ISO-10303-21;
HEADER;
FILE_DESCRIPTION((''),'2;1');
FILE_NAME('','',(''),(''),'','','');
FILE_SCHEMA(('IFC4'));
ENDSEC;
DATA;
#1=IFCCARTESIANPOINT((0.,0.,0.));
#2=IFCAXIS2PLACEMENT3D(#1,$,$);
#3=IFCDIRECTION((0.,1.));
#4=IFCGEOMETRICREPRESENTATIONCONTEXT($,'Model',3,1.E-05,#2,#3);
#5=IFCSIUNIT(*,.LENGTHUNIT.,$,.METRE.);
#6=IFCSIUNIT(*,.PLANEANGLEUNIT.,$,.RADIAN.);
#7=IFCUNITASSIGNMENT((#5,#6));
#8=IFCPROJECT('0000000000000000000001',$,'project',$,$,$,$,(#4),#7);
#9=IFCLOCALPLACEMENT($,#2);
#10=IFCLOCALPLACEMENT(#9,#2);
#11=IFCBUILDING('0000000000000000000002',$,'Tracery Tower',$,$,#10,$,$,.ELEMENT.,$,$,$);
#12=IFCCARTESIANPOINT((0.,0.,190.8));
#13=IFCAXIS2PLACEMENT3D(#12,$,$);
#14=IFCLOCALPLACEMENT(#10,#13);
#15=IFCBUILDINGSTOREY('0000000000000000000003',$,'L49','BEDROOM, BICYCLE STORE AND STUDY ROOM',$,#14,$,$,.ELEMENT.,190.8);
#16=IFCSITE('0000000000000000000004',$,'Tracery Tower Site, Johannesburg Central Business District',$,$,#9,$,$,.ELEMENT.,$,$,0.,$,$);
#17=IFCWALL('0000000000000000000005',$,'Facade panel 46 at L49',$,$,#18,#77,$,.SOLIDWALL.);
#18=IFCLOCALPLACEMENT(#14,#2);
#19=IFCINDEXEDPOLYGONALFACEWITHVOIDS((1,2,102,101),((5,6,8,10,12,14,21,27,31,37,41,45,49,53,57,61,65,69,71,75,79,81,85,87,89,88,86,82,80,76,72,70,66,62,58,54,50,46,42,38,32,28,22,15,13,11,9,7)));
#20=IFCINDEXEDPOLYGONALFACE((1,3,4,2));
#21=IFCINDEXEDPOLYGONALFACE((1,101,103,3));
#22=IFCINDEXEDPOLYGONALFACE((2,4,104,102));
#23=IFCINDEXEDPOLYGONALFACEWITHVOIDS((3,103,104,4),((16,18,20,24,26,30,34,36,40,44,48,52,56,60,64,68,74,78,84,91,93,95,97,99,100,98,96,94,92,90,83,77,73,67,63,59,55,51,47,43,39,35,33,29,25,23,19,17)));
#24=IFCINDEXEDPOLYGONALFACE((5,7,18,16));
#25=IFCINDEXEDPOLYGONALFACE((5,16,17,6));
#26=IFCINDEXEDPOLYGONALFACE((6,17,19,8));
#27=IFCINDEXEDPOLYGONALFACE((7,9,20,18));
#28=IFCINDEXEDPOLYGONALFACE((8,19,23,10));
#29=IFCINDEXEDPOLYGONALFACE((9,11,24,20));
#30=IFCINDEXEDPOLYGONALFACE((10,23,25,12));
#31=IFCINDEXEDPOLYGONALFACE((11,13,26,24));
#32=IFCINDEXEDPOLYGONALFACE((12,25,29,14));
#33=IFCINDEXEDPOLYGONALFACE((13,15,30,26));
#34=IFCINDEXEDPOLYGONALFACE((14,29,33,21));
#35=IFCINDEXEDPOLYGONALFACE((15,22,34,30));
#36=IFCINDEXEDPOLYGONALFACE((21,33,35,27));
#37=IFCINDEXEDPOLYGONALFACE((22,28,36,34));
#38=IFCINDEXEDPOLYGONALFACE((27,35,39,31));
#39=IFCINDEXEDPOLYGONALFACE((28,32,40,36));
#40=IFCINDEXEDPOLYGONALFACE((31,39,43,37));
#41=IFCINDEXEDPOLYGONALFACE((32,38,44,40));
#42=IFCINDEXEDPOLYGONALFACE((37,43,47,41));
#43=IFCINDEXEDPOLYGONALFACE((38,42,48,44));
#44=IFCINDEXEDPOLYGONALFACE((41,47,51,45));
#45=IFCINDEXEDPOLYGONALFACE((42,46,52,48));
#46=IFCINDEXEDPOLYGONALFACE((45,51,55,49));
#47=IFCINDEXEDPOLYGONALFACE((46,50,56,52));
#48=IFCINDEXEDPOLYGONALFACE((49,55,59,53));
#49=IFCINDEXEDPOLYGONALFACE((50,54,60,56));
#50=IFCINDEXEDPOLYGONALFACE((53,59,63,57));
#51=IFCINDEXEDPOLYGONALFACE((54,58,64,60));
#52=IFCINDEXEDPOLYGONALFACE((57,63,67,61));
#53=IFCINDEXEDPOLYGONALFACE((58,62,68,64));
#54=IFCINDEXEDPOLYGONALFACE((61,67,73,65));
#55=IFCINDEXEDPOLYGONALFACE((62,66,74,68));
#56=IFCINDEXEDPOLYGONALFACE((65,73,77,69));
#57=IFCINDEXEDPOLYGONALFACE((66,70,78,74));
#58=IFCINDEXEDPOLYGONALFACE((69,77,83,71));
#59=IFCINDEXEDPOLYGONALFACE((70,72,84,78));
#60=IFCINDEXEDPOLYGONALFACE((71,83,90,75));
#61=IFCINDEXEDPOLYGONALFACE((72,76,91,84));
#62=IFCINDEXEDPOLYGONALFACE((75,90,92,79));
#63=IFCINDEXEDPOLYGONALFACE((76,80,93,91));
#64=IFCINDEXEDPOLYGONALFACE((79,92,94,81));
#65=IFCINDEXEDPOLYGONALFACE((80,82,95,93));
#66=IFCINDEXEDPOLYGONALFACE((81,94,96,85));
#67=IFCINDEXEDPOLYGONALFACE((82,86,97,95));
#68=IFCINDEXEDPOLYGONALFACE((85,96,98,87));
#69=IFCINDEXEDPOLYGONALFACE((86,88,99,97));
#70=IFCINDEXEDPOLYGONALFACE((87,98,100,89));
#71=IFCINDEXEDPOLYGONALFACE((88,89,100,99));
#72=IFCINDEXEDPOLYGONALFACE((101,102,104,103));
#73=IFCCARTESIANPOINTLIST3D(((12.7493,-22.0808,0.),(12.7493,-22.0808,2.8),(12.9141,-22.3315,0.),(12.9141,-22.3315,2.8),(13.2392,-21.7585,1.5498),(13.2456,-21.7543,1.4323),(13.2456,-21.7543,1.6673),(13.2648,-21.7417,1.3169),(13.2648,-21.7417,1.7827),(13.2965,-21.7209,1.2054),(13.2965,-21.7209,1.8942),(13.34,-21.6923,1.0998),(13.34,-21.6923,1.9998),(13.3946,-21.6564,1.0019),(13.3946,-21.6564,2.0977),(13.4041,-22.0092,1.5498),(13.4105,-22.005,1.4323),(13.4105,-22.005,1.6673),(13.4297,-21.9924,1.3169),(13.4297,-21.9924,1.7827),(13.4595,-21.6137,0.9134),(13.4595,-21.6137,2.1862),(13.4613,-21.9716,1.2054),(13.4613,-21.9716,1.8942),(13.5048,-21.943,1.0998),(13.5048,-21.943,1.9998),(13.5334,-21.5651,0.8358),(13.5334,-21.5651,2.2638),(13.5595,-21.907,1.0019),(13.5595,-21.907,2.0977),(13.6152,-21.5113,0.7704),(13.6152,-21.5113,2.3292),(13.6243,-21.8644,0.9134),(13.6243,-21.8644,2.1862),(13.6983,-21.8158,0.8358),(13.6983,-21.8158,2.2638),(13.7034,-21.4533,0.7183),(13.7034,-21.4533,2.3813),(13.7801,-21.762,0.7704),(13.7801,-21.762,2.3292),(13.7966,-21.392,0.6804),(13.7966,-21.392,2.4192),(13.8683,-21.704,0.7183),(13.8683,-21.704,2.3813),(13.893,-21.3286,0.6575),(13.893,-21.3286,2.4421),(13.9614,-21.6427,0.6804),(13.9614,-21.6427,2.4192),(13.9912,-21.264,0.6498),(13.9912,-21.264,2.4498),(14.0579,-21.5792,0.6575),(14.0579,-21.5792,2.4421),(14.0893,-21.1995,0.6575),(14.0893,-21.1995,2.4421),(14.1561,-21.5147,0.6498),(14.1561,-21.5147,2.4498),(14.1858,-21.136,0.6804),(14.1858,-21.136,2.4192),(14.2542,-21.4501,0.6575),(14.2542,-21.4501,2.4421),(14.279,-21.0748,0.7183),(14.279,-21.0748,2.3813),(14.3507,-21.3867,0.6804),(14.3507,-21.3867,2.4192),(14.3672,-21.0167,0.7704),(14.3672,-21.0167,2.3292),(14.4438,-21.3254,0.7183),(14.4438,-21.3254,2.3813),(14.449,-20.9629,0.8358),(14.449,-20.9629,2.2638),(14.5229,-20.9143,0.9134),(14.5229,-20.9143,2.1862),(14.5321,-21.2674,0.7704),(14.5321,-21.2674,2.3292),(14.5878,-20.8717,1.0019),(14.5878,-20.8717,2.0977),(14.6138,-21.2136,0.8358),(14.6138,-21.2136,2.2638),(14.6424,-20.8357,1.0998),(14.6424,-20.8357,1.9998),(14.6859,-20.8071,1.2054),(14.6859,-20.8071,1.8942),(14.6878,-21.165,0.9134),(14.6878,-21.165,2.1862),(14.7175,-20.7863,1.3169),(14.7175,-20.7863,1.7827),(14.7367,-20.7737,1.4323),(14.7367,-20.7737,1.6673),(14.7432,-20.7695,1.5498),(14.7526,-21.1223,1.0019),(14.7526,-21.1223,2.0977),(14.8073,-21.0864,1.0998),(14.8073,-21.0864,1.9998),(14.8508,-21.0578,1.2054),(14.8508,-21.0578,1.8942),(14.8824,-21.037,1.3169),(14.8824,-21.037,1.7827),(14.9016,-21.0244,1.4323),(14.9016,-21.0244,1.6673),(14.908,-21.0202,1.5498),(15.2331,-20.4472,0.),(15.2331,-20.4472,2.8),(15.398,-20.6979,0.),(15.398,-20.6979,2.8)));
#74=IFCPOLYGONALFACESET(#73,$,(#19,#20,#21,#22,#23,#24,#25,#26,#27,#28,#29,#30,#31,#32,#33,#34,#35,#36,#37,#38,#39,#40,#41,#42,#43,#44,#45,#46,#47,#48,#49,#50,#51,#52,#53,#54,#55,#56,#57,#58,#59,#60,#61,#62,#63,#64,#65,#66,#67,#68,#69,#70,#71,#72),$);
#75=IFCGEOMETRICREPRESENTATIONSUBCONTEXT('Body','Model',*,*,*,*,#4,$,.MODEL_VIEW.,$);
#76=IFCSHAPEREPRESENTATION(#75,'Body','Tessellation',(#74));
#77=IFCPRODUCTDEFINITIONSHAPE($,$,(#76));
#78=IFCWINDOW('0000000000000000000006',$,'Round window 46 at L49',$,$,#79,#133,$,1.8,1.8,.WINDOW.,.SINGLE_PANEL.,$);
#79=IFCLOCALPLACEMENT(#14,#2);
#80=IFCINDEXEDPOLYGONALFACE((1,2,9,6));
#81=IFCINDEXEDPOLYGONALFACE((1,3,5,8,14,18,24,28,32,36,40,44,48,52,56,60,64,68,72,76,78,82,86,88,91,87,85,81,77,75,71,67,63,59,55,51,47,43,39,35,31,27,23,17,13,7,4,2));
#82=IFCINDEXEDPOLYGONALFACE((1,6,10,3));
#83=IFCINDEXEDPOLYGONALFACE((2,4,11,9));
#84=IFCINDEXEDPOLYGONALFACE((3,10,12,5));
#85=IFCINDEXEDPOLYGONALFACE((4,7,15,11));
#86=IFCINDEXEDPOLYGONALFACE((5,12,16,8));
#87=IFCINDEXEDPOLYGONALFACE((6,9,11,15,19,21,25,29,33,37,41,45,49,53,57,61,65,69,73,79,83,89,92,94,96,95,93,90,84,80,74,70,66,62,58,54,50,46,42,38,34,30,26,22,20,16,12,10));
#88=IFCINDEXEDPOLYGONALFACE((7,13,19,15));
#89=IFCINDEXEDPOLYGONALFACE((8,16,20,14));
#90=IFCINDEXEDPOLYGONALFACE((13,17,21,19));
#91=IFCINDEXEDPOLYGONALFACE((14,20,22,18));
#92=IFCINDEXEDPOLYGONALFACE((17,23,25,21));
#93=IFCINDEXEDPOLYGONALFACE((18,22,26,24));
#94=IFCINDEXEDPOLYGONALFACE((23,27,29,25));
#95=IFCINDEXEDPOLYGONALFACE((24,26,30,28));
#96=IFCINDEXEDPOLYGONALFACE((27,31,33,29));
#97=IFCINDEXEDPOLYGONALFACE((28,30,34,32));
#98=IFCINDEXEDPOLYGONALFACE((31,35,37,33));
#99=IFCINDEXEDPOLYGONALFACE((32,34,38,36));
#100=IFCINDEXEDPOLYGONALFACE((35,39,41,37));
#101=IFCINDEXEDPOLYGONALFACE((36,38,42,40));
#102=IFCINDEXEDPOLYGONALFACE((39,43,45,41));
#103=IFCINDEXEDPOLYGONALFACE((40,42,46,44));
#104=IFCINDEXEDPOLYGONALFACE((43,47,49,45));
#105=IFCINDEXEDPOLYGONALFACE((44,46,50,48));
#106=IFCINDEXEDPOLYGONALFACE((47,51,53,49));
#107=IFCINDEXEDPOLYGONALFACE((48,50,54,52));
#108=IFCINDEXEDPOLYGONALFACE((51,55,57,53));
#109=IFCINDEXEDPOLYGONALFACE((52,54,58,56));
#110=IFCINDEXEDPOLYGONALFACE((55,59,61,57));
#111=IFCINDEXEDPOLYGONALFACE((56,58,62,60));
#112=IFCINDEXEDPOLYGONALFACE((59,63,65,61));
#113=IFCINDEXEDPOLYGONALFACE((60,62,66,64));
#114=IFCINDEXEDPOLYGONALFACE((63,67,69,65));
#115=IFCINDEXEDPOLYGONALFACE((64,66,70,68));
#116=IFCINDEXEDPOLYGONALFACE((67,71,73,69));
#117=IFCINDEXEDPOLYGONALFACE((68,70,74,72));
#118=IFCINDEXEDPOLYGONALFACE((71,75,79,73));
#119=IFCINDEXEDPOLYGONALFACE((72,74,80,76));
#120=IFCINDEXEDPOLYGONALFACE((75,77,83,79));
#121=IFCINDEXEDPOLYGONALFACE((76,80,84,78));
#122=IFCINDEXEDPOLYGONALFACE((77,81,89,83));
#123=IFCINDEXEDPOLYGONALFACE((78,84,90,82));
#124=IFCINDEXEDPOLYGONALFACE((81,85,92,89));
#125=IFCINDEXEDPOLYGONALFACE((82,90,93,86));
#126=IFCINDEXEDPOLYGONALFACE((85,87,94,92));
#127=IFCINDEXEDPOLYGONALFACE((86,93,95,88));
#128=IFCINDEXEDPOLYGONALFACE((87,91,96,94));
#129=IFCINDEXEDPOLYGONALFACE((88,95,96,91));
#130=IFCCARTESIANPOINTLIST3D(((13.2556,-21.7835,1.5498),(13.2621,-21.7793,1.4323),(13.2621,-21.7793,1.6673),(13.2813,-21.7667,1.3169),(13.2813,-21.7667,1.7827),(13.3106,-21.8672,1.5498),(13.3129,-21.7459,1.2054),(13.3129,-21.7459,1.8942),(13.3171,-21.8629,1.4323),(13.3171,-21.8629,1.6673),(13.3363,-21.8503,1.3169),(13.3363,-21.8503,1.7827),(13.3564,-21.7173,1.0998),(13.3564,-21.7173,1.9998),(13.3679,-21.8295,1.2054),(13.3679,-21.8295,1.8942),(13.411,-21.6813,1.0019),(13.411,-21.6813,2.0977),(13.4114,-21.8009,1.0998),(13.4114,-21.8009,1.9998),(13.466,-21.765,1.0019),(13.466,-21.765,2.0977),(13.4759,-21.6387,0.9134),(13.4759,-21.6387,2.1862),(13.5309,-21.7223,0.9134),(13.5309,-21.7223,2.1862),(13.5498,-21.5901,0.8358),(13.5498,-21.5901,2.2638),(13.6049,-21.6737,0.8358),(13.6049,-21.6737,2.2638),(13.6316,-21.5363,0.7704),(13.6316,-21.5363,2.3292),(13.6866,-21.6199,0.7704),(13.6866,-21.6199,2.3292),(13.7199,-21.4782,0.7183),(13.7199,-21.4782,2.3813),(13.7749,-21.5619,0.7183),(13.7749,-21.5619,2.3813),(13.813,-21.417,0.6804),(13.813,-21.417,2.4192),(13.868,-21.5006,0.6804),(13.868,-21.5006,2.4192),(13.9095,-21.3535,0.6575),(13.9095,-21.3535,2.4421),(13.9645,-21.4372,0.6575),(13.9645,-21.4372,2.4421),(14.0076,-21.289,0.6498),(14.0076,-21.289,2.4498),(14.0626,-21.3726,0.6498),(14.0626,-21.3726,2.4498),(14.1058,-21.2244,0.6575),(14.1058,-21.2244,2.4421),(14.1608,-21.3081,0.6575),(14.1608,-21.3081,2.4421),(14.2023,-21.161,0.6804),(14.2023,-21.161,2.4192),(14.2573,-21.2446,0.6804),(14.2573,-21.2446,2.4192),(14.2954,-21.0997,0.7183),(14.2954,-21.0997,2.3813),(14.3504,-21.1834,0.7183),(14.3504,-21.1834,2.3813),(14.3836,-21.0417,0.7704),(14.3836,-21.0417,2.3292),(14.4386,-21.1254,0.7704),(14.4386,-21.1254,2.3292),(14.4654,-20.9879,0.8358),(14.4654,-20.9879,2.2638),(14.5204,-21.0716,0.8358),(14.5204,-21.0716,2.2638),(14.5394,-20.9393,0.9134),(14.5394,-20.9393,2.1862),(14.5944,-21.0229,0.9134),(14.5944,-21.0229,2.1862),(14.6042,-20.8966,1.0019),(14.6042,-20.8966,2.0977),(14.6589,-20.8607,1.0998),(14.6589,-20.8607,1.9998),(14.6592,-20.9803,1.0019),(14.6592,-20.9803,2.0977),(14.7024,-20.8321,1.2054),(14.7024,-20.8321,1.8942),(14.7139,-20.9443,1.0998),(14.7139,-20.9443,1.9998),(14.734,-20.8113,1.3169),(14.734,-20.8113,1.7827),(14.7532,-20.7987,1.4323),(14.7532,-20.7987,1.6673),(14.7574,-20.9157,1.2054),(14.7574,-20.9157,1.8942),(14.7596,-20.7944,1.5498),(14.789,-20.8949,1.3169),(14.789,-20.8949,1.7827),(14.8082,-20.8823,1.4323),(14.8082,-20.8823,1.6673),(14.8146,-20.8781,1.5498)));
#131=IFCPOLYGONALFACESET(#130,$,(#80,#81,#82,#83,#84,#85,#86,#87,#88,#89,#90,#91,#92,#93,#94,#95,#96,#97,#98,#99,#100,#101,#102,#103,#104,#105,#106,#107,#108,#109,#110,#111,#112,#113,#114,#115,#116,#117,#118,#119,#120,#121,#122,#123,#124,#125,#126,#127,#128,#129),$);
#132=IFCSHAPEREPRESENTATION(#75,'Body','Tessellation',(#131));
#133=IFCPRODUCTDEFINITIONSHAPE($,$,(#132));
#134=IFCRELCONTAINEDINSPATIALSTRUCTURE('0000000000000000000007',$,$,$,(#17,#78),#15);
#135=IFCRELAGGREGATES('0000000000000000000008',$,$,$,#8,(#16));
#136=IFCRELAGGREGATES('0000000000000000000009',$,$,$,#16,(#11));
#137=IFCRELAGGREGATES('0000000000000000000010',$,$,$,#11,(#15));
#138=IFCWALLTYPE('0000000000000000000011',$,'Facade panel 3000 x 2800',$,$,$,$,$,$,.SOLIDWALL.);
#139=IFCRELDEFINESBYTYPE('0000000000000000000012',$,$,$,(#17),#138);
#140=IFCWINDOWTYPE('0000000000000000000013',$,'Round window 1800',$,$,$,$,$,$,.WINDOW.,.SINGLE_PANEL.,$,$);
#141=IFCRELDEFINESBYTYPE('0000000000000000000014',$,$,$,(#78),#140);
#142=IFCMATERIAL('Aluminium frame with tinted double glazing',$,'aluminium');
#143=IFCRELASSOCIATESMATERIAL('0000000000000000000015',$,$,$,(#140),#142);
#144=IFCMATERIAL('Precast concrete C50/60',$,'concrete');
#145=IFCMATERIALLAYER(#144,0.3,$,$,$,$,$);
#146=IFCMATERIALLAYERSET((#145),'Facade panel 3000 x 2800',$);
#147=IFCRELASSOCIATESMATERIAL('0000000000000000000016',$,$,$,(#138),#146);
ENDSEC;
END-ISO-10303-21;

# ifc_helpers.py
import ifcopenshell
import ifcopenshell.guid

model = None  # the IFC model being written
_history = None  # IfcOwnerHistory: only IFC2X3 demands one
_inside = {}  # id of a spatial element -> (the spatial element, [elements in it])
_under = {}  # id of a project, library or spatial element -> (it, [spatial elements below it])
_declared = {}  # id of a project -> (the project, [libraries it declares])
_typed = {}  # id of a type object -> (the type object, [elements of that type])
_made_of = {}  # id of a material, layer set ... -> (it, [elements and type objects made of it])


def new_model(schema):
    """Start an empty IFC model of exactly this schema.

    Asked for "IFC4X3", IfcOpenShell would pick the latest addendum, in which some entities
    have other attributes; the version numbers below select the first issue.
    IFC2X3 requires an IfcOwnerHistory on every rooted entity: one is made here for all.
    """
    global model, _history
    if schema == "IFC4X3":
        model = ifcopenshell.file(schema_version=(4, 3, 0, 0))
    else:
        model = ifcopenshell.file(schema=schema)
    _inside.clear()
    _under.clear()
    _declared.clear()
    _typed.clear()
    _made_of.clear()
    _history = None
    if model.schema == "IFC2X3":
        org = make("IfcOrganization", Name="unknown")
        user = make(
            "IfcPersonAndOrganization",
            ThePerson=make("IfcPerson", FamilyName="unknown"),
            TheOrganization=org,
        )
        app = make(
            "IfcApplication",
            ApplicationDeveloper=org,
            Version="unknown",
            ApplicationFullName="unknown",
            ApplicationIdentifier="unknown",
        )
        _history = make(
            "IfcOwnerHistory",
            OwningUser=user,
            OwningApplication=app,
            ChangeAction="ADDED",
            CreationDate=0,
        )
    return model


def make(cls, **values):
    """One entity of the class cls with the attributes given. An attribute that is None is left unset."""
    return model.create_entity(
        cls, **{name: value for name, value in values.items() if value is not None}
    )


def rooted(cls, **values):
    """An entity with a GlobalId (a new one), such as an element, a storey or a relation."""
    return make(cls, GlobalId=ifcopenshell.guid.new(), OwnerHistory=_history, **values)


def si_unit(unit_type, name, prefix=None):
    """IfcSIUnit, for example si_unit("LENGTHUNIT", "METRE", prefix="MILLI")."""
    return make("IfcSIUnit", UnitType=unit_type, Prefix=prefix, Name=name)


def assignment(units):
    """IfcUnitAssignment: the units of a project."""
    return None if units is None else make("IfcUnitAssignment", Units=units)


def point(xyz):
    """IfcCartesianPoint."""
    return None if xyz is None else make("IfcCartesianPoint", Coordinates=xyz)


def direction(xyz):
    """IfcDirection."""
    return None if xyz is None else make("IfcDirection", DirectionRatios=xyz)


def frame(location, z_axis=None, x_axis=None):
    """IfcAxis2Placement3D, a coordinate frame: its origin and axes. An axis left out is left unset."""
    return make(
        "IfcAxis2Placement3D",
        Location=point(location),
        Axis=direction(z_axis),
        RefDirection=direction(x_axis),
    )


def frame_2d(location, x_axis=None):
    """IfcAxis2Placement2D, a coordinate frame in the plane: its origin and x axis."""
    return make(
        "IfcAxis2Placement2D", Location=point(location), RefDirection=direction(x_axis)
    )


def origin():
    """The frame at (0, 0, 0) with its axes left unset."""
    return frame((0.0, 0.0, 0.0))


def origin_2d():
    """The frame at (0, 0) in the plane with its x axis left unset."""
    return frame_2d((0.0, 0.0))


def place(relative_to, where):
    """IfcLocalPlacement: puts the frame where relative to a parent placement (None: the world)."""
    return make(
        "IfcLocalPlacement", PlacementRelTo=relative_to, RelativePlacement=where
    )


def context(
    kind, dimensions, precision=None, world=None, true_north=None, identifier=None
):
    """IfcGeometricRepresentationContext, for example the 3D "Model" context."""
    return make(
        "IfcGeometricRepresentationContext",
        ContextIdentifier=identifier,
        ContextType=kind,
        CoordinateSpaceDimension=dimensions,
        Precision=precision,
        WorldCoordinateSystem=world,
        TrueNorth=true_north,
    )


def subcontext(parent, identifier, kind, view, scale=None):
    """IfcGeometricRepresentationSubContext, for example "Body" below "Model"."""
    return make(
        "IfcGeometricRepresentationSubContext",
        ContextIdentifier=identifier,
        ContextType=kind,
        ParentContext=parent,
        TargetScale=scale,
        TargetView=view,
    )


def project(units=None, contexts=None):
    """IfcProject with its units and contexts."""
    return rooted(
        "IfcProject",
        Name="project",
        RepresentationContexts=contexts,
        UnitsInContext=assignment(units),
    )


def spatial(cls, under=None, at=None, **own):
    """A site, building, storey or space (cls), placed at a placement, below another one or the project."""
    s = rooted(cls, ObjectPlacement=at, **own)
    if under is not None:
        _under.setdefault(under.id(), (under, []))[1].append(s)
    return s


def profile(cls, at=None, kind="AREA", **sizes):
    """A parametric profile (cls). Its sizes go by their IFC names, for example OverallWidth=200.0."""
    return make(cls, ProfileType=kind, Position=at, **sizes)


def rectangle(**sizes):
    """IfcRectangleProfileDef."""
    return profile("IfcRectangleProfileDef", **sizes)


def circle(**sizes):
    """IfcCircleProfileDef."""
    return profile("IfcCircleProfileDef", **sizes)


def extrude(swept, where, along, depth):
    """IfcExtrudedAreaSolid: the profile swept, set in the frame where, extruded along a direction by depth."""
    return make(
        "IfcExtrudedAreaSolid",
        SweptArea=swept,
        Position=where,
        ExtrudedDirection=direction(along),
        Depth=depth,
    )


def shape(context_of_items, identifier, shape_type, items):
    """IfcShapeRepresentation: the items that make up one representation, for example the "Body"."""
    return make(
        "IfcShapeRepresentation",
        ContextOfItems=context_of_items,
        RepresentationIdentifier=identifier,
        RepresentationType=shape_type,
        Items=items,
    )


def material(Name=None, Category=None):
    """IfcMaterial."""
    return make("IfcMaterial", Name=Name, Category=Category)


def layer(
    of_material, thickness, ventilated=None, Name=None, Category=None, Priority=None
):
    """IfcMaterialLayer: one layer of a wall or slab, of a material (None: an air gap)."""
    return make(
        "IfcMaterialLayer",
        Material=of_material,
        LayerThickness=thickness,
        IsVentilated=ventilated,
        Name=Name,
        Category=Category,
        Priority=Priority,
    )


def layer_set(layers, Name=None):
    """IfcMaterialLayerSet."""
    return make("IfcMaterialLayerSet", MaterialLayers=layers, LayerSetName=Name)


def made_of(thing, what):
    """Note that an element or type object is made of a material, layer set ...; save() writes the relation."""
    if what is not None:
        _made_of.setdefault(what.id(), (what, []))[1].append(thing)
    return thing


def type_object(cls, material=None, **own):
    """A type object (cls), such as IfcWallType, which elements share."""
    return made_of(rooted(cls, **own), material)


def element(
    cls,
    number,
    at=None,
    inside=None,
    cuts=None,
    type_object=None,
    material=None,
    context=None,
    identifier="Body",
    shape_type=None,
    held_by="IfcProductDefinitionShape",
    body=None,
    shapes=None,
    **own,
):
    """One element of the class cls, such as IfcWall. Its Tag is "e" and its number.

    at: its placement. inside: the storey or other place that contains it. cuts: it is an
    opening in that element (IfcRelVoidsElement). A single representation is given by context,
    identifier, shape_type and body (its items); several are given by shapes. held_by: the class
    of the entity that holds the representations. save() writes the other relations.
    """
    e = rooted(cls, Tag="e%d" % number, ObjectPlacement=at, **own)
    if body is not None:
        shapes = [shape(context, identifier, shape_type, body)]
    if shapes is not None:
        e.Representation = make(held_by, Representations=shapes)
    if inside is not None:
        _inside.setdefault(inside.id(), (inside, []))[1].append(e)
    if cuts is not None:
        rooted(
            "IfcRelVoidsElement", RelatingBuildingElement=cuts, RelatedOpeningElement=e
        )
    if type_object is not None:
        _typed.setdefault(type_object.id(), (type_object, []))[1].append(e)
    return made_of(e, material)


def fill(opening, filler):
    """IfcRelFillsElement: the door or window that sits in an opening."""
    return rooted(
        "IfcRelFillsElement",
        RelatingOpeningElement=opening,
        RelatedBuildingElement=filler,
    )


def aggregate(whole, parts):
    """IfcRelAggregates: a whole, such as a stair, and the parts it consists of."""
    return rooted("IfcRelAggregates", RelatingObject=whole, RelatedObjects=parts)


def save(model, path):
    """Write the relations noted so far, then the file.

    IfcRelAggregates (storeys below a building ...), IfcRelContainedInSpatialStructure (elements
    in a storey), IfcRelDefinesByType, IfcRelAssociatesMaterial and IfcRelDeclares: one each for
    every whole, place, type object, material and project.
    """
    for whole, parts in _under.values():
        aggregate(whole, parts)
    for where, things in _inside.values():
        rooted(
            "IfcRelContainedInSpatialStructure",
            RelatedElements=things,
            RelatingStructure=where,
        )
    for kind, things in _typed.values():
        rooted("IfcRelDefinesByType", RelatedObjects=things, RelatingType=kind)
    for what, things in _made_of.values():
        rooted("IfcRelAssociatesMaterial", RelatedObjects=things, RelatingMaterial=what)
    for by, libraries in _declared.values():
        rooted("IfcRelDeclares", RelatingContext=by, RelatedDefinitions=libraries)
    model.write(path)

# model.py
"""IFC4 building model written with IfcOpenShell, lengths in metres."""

from ifc_helpers import new_model, si_unit, direction, frame, frame_2d, origin, origin_2d, place, context, subcontext, project, spatial, rectangle, circle, extrude, material, layer, layer_set, type_object, element, fill, save


model = new_model("IFC4")

# Units and contexts
model_context = context("Model", 3, precision=1e-05, world=origin(), true_north=direction((0.0, 1.0)))
body_context = subcontext(model_context, "Body", "Model", "MODEL_VIEW")
ifc_project = project(units=[si_unit("LENGTHUNIT", "METRE"), si_unit("PLANEANGLEUNIT", "RADIAN")], contexts=[model_context])

# Site, building, storey
site_placement = place(None, origin())
site = spatial("IfcSite", under=ifc_project, at=site_placement, Name="Tracery Tower Site, Johannesburg Central Business District", CompositionType="ELEMENT", RefElevation=0.0)
building_placement = place(site_placement, origin())
building = spatial("IfcBuilding", under=site, at=building_placement, Name="Tracery Tower", CompositionType="ELEMENT")
storey_placement = place(building_placement, frame((0.0, 0.0, 190.8)))
storey = spatial("IfcBuildingStorey", under=building, at=storey_placement, Name="L49", Description="BEDROOM, BICYCLE STORE AND STUDY ROOM", CompositionType="ELEMENT", Elevation=190.8)

# Wall, opening, window
ifc_material_1 = material(Name="Aluminium frame with tinted double glazing", Category="aluminium")
window_type = type_object("IfcWindowType", Name="Round window 1800", PartitioningType="SINGLE_PANEL", PredefinedType="WINDOW", material=ifc_material_1)
ifc_material_2 = material(Name="Precast concrete C50/60", Category="concrete")
ifc_layer_1 = layer(ifc_material_2, 0.3)
ifc_layer_set_1 = layer_set([ifc_layer_1], Name="Facade panel 3000 x 2800")
wall_type_1 = type_object("IfcWallType", Name="Facade panel 3000 x 2800", PredefinedType="SOLIDWALL", material=ifc_layer_set_1)
wall_1_placement = place(storey_placement, frame((12.8318, -22.2061, 0.0), z_axis=(0.0, 0.0, 1.0), x_axis=(0.835508, 0.549478, 0.0)))
wall_1 = element("IfcWall", 1, at=wall_1_placement, inside=storey, type_object=wall_type_1, Name="Facade panel 46 at L49", PredefinedType="SOLIDWALL", context=body_context, shape_type="SweptSolid", body=[
    extrude(rectangle(XDim=2.9729, YDim=0.3, at=frame_2d((1.4863, 0.0))), origin(), (0.0, 0.0, 1.0), 2.8),
])
opening_1_placement = place(wall_1_placement, frame((1.4863, 0.0, 1.5498)))
opening_1 = element("IfcOpeningElement", 2, at=opening_1_placement, cuts=wall_1, PredefinedType="OPENING", context=body_context, shape_type="SweptSolid", body=[
    extrude(circle(Radius=0.9, at=origin_2d()), frame((0.0, 0.1599, 0.0), z_axis=(0.0, -1.0, 0.0), x_axis=(1.0, 0.0, 0.0)), (0.0, 0.0, 1.0), 0.3201),
])
window_1_placement = place(opening_1_placement, origin())
window_1 = element("IfcWindow", 3, at=window_1_placement, inside=storey, type_object=window_type, Name="Round window 46 at L49", OverallHeight=1.8, OverallWidth=1.8, PartitioningType="SINGLE_PANEL", PredefinedType="WINDOW", context=body_context, shape_type="SweptSolid", body=[
    extrude(circle(Radius=0.9, at=origin_2d()), frame((0.0, 0.1201, 0.0), z_axis=(0.0, -1.0, 0.0), x_axis=(1.0, 0.0, 0.0)), (0.0, 0.0, 1.0), 0.1001),
])
fill(opening_1, window_1)

save(model, "model.ifc")
